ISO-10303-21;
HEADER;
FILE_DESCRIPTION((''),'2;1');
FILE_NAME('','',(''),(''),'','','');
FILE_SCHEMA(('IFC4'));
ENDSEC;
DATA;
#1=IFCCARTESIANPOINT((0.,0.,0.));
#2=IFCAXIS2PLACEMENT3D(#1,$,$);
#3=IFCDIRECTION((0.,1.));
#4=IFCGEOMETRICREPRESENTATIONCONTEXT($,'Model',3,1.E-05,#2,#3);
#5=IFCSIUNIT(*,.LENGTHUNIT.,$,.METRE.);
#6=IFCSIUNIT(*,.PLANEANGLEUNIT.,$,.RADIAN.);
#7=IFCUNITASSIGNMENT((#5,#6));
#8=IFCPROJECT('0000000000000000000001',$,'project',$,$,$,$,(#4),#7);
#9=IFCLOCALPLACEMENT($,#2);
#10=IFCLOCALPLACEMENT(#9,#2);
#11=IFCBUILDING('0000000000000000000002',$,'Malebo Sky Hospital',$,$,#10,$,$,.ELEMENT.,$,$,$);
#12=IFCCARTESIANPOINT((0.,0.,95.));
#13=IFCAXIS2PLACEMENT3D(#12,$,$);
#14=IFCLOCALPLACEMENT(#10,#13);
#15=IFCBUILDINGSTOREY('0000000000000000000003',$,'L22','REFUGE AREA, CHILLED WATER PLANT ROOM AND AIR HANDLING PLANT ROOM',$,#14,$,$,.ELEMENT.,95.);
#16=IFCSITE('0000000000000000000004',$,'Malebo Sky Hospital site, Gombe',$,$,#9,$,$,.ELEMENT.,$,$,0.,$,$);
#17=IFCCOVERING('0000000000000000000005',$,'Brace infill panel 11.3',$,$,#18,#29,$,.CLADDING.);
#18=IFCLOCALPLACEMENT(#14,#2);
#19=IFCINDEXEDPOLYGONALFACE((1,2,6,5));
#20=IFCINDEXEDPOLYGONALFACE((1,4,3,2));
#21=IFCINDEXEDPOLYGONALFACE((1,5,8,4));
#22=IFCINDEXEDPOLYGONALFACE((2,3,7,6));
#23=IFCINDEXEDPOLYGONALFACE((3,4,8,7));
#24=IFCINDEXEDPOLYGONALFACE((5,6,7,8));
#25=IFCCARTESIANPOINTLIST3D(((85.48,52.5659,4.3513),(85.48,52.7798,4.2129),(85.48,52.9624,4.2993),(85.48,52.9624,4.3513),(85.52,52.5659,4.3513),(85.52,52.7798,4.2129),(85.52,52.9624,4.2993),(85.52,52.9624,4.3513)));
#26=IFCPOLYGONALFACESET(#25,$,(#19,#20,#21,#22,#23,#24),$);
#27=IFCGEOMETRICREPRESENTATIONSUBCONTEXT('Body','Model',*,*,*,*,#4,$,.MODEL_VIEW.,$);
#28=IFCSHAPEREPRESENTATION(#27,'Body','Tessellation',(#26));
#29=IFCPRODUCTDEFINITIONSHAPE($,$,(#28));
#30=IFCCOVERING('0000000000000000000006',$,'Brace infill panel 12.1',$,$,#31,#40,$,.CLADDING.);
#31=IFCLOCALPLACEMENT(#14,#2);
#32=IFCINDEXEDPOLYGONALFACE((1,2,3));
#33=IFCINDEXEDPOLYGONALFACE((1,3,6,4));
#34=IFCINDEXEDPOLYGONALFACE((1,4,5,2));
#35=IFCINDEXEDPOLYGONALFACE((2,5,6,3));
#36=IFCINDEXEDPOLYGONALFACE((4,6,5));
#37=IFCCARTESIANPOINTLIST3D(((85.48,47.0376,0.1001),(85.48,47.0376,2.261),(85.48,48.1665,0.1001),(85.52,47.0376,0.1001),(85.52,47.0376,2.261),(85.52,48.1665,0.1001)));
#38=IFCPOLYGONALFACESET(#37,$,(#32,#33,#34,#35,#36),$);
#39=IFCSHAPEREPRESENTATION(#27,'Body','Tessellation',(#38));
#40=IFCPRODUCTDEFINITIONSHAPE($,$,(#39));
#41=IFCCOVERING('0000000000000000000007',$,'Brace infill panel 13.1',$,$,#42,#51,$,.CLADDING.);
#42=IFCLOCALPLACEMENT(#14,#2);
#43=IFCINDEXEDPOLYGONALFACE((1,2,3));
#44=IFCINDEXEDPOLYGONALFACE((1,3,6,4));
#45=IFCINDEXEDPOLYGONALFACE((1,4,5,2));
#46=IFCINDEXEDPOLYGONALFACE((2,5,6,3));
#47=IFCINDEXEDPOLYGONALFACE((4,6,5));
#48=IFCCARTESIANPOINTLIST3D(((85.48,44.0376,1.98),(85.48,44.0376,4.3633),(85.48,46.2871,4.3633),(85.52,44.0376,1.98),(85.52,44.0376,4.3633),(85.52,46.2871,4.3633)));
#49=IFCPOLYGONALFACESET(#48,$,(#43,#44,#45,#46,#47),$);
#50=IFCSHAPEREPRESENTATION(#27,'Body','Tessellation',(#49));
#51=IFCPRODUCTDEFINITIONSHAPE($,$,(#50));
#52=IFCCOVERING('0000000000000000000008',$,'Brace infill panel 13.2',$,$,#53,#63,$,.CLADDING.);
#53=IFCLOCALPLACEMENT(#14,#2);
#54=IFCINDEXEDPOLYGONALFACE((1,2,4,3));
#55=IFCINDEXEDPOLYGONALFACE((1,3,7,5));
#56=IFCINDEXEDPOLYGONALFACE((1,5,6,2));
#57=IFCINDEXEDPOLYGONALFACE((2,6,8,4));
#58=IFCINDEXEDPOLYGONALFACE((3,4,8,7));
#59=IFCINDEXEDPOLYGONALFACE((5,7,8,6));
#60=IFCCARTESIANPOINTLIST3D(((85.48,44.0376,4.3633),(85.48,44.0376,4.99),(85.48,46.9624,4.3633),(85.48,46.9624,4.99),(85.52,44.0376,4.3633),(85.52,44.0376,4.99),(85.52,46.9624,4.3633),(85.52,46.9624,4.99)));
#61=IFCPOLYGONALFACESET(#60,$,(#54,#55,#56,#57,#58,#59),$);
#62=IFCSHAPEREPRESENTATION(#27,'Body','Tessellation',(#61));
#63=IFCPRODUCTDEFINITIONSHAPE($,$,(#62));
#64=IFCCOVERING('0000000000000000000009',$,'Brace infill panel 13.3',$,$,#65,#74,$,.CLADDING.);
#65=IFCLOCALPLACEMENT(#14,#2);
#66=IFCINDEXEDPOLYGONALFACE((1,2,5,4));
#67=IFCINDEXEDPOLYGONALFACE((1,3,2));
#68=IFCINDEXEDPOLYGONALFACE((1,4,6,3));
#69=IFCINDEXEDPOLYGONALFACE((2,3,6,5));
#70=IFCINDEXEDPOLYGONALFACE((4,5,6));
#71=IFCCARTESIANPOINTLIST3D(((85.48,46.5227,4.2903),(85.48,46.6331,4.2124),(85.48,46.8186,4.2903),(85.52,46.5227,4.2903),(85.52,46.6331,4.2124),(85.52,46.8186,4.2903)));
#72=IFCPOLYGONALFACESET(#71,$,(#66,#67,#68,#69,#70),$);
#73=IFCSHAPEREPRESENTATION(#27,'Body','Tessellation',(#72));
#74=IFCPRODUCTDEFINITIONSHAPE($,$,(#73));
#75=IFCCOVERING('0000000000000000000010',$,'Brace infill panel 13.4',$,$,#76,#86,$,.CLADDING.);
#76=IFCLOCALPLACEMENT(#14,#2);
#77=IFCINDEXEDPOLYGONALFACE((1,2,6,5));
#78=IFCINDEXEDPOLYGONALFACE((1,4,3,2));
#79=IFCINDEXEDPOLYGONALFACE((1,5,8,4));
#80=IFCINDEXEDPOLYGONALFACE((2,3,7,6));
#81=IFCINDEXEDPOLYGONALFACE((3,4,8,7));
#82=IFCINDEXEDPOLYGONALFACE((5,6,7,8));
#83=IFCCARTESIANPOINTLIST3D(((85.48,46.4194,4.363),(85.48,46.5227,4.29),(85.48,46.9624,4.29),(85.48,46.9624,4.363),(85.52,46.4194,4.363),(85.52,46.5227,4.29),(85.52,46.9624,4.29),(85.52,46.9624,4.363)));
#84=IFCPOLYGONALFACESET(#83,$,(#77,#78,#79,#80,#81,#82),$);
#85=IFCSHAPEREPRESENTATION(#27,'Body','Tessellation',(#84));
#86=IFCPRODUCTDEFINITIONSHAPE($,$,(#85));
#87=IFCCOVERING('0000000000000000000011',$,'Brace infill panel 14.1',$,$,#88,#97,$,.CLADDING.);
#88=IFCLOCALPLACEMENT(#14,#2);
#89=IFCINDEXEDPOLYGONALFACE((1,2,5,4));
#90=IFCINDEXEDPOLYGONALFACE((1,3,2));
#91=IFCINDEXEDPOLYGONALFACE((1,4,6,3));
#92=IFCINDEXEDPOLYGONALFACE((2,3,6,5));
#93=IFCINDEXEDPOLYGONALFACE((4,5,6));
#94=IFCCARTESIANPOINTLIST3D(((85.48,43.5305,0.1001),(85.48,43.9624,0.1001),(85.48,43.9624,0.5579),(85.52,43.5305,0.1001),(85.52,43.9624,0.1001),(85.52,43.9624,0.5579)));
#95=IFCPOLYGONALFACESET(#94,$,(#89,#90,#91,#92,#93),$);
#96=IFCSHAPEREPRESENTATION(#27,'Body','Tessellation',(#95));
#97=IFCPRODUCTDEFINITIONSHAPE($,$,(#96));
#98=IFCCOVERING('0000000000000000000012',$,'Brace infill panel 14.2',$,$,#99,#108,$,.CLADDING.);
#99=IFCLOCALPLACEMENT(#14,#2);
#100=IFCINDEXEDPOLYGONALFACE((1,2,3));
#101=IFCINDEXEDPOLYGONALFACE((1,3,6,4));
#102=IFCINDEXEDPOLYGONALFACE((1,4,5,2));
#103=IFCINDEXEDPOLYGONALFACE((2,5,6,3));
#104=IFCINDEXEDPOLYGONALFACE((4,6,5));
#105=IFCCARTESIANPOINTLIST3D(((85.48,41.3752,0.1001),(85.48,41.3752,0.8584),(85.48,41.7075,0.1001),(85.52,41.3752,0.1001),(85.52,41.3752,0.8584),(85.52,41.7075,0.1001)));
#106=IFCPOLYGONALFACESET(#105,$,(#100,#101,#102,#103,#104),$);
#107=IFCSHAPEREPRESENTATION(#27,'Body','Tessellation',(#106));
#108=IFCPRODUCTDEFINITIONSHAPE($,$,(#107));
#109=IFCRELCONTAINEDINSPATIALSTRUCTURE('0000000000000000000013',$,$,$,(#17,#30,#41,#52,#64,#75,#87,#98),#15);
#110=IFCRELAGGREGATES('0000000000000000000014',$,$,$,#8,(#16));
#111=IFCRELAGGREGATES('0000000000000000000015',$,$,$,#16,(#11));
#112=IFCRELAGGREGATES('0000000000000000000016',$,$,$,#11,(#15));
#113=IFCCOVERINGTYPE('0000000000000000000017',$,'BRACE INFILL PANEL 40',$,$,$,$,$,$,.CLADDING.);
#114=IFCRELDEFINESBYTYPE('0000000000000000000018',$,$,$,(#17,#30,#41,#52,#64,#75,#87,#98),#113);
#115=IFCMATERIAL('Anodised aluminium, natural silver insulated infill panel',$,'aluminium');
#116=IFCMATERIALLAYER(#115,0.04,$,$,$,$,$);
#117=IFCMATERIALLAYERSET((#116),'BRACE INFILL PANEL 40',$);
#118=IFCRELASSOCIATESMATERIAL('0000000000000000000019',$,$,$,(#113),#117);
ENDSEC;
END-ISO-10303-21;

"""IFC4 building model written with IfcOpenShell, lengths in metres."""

from ifc_helpers import new_model, si_unit, direction, frame, origin, place, context, subcontext, project, spatial, polyline, outline, extrude, material, layer, layer_set, type_object, element, save


model = new_model("IFC4")

# Units and contexts
model_context = context("Model", 3, precision=1e-05, world=origin(), true_north=direction((0.0, 1.0)))
body_context = subcontext(model_context, "Body", "Model", "MODEL_VIEW")
ifc_project = project(units=[si_unit("LENGTHUNIT", "METRE"), si_unit("PLANEANGLEUNIT", "RADIAN")], contexts=[model_context])

# Site, building, storey
site_placement = place(None, origin())
site = spatial("IfcSite", under=ifc_project, at=site_placement, Name="Malebo Sky Hospital site, Gombe", CompositionType="ELEMENT", RefElevation=0.0)
building_placement = place(site_placement, origin())
building = spatial("IfcBuilding", under=site, at=building_placement, Name="Malebo Sky Hospital", CompositionType="ELEMENT")
storey_placement = place(building_placement, frame((0.0, 0.0, 95.0)))
storey = spatial("IfcBuildingStorey", under=building, at=storey_placement, Name="L22", Description="REFUGE AREA, CHILLED WATER PLANT ROOM AND AIR HANDLING PLANT ROOM", CompositionType="ELEMENT", Elevation=95.0)

# Coverings
ifc_material_1 = material(Name="Anodised aluminium, natural silver insulated infill panel", Category="aluminium")
ifc_layer_1 = layer(ifc_material_1, 0.04)
ifc_layer_set_1 = layer_set([ifc_layer_1], Name="BRACE INFILL PANEL 40")
covering_type = type_object("IfcCoveringType", Name="BRACE INFILL PANEL 40", PredefinedType="CLADDING", material=ifc_layer_set_1)
covering_1_placement = place(storey_placement, frame((85.5, 52.7642, 4.2129), z_axis=(0.0, 0.0, 1.0), x_axis=(0.0, -1.0, 0.0)))
element("IfcCovering", 1, at=covering_1_placement, inside=storey, type_object=covering_type, Name="Brace infill panel 11.3", PredefinedType="CLADDING", context=body_context, shape_type="SweptSolid", body=[
    extrude(outline(polyline([(-0.0156, 0.0), (0.1982, 0.1384), (-0.1982, 0.1384), (-0.1982, 0.0864), (-0.0156, 0.0)])), frame((0.0, 0.02, 0.0), z_axis=(0.0, -1.0, 0.0), x_axis=(1.0, 0.0, 0.0)), (0.0, 0.0, 1.0), 0.04),
])
covering_2_placement = place(storey_placement, frame((85.5, 47.6021, 0.1001), z_axis=(0.0, 0.0, 1.0), x_axis=(0.0, -1.0, 0.0)))
element("IfcCovering", 2, at=covering_2_placement, inside=storey, type_object=covering_type, Name="Brace infill panel 12.1", PredefinedType="CLADDING", context=body_context, shape_type="SweptSolid", body=[
    extrude(outline(polyline([(-0.5645, 0.0), (0.5645, 0.0), (0.5645, 2.1609), (-0.5645, 0.0)])), frame((0.0, 0.02, 0.0), z_axis=(0.0, -1.0, 0.0), x_axis=(1.0, 0.0, 0.0)), (0.0, 0.0, 1.0), 0.04),
])
covering_3_placement = place(storey_placement, frame((85.5, 45.1624, 1.98), z_axis=(0.0, 0.0, 1.0), x_axis=(0.0, -1.0, 0.0)))
element("IfcCovering", 3, at=covering_3_placement, inside=storey, type_object=covering_type, Name="Brace infill panel 13.1", PredefinedType="CLADDING", context=body_context, shape_type="SweptSolid", body=[
    extrude(outline(polyline([(1.1248, 0.0), (1.1248, 2.3833), (-1.1248, 2.3833), (1.1248, 0.0)])), frame((0.0, 0.02, 0.0), z_axis=(0.0, -1.0, 0.0), x_axis=(1.0, 0.0, 0.0)), (0.0, 0.0, 1.0), 0.04),
])
covering_4_placement = place(storey_placement, frame((85.5, 45.5, 4.3633), z_axis=(0.0, 0.0, 1.0), x_axis=(0.0, -1.0, 0.0)))
element("IfcCovering", 4, at=covering_4_placement, inside=storey, type_object=covering_type, Name="Brace infill panel 13.2", PredefinedType="CLADDING", context=body_context, shape_type="SweptSolid", body=[
    extrude(outline(polyline([(-1.4624, 0.0), (1.4624, 0.0), (1.4624, 0.6267), (-1.4624, 0.6267), (-1.4624, 0.0)])), frame((0.0, 0.02, 0.0), z_axis=(0.0, -1.0, 0.0), x_axis=(1.0, 0.0, 0.0)), (0.0, 0.0, 1.0), 0.04),
])
covering_5_placement = place(storey_placement, frame((85.5, 46.6707, 4.2124), z_axis=(0.0, 0.0, 1.0), x_axis=(0.0, -1.0, 0.0)))
element("IfcCovering", 5, at=covering_5_placement, inside=storey, type_object=covering_type, Name="Brace infill panel 13.3", PredefinedType="CLADDING", context=body_context, shape_type="SweptSolid", body=[
    extrude(outline(polyline([(0.0376, 0.0), (0.1479, 0.0779), (-0.1479, 0.0779), (0.0376, 0.0)])), frame((0.0, 0.02, 0.0), z_axis=(0.0, -1.0, 0.0), x_axis=(1.0, 0.0, 0.0)), (0.0, 0.0, 1.0), 0.04),
])
covering_6_placement = place(storey_placement, frame((85.5, 46.6909, 4.29), z_axis=(0.0, 0.0, 1.0), x_axis=(0.0, -1.0, 0.0)))
element("IfcCovering", 6, at=covering_6_placement, inside=storey, type_object=covering_type, Name="Brace infill panel 13.4", PredefinedType="CLADDING", context=body_context, shape_type="SweptSolid", body=[
    extrude(outline(polyline([(-0.2715, 0.0), (0.1682, 0.0), (0.2715, 0.073), (-0.2715, 0.073), (-0.2715, 0.0)])), frame((0.0, 0.02, 0.0), z_axis=(0.0, -1.0, 0.0), x_axis=(1.0, 0.0, 0.0)), (0.0, 0.0, 1.0), 0.04),
])
covering_7_placement = place(storey_placement, frame((85.5, 43.7463, 0.1001), z_axis=(0.0, 0.0, 1.0), x_axis=(0.0, -1.0, 0.0)))
element("IfcCovering", 7, at=covering_7_placement, inside=storey, type_object=covering_type, Name="Brace infill panel 14.1", PredefinedType="CLADDING", context=body_context, shape_type="SweptSolid", body=[
    extrude(outline(polyline([(-0.2161, 0.0), (0.2158, 0.0), (-0.2161, 0.4578), (-0.2161, 0.0)])), frame((0.0, 0.02, 0.0), z_axis=(0.0, -1.0, 0.0), x_axis=(1.0, 0.0, 0.0)), (0.0, 0.0, 1.0), 0.04),
])
covering_8_placement = place(storey_placement, frame((85.5, 41.5413, 0.1001), z_axis=(0.0, 0.0, 1.0), x_axis=(0.0, -1.0, 0.0)))
element("IfcCovering", 8, at=covering_8_placement, inside=storey, type_object=covering_type, Name="Brace infill panel 14.2", PredefinedType="CLADDING", context=body_context, shape_type="SweptSolid", body=[
    extrude(outline(polyline([(-0.1663, 0.0), (0.166, 0.0), (0.166, 0.7583), (-0.1663, 0.0)])), frame((0.0, 0.02, 0.0), z_axis=(0.0, -1.0, 0.0), x_axis=(1.0, 0.0, 0.0)), (0.0, 0.0, 1.0), 0.04),
])

save(model, "model.ifc")
